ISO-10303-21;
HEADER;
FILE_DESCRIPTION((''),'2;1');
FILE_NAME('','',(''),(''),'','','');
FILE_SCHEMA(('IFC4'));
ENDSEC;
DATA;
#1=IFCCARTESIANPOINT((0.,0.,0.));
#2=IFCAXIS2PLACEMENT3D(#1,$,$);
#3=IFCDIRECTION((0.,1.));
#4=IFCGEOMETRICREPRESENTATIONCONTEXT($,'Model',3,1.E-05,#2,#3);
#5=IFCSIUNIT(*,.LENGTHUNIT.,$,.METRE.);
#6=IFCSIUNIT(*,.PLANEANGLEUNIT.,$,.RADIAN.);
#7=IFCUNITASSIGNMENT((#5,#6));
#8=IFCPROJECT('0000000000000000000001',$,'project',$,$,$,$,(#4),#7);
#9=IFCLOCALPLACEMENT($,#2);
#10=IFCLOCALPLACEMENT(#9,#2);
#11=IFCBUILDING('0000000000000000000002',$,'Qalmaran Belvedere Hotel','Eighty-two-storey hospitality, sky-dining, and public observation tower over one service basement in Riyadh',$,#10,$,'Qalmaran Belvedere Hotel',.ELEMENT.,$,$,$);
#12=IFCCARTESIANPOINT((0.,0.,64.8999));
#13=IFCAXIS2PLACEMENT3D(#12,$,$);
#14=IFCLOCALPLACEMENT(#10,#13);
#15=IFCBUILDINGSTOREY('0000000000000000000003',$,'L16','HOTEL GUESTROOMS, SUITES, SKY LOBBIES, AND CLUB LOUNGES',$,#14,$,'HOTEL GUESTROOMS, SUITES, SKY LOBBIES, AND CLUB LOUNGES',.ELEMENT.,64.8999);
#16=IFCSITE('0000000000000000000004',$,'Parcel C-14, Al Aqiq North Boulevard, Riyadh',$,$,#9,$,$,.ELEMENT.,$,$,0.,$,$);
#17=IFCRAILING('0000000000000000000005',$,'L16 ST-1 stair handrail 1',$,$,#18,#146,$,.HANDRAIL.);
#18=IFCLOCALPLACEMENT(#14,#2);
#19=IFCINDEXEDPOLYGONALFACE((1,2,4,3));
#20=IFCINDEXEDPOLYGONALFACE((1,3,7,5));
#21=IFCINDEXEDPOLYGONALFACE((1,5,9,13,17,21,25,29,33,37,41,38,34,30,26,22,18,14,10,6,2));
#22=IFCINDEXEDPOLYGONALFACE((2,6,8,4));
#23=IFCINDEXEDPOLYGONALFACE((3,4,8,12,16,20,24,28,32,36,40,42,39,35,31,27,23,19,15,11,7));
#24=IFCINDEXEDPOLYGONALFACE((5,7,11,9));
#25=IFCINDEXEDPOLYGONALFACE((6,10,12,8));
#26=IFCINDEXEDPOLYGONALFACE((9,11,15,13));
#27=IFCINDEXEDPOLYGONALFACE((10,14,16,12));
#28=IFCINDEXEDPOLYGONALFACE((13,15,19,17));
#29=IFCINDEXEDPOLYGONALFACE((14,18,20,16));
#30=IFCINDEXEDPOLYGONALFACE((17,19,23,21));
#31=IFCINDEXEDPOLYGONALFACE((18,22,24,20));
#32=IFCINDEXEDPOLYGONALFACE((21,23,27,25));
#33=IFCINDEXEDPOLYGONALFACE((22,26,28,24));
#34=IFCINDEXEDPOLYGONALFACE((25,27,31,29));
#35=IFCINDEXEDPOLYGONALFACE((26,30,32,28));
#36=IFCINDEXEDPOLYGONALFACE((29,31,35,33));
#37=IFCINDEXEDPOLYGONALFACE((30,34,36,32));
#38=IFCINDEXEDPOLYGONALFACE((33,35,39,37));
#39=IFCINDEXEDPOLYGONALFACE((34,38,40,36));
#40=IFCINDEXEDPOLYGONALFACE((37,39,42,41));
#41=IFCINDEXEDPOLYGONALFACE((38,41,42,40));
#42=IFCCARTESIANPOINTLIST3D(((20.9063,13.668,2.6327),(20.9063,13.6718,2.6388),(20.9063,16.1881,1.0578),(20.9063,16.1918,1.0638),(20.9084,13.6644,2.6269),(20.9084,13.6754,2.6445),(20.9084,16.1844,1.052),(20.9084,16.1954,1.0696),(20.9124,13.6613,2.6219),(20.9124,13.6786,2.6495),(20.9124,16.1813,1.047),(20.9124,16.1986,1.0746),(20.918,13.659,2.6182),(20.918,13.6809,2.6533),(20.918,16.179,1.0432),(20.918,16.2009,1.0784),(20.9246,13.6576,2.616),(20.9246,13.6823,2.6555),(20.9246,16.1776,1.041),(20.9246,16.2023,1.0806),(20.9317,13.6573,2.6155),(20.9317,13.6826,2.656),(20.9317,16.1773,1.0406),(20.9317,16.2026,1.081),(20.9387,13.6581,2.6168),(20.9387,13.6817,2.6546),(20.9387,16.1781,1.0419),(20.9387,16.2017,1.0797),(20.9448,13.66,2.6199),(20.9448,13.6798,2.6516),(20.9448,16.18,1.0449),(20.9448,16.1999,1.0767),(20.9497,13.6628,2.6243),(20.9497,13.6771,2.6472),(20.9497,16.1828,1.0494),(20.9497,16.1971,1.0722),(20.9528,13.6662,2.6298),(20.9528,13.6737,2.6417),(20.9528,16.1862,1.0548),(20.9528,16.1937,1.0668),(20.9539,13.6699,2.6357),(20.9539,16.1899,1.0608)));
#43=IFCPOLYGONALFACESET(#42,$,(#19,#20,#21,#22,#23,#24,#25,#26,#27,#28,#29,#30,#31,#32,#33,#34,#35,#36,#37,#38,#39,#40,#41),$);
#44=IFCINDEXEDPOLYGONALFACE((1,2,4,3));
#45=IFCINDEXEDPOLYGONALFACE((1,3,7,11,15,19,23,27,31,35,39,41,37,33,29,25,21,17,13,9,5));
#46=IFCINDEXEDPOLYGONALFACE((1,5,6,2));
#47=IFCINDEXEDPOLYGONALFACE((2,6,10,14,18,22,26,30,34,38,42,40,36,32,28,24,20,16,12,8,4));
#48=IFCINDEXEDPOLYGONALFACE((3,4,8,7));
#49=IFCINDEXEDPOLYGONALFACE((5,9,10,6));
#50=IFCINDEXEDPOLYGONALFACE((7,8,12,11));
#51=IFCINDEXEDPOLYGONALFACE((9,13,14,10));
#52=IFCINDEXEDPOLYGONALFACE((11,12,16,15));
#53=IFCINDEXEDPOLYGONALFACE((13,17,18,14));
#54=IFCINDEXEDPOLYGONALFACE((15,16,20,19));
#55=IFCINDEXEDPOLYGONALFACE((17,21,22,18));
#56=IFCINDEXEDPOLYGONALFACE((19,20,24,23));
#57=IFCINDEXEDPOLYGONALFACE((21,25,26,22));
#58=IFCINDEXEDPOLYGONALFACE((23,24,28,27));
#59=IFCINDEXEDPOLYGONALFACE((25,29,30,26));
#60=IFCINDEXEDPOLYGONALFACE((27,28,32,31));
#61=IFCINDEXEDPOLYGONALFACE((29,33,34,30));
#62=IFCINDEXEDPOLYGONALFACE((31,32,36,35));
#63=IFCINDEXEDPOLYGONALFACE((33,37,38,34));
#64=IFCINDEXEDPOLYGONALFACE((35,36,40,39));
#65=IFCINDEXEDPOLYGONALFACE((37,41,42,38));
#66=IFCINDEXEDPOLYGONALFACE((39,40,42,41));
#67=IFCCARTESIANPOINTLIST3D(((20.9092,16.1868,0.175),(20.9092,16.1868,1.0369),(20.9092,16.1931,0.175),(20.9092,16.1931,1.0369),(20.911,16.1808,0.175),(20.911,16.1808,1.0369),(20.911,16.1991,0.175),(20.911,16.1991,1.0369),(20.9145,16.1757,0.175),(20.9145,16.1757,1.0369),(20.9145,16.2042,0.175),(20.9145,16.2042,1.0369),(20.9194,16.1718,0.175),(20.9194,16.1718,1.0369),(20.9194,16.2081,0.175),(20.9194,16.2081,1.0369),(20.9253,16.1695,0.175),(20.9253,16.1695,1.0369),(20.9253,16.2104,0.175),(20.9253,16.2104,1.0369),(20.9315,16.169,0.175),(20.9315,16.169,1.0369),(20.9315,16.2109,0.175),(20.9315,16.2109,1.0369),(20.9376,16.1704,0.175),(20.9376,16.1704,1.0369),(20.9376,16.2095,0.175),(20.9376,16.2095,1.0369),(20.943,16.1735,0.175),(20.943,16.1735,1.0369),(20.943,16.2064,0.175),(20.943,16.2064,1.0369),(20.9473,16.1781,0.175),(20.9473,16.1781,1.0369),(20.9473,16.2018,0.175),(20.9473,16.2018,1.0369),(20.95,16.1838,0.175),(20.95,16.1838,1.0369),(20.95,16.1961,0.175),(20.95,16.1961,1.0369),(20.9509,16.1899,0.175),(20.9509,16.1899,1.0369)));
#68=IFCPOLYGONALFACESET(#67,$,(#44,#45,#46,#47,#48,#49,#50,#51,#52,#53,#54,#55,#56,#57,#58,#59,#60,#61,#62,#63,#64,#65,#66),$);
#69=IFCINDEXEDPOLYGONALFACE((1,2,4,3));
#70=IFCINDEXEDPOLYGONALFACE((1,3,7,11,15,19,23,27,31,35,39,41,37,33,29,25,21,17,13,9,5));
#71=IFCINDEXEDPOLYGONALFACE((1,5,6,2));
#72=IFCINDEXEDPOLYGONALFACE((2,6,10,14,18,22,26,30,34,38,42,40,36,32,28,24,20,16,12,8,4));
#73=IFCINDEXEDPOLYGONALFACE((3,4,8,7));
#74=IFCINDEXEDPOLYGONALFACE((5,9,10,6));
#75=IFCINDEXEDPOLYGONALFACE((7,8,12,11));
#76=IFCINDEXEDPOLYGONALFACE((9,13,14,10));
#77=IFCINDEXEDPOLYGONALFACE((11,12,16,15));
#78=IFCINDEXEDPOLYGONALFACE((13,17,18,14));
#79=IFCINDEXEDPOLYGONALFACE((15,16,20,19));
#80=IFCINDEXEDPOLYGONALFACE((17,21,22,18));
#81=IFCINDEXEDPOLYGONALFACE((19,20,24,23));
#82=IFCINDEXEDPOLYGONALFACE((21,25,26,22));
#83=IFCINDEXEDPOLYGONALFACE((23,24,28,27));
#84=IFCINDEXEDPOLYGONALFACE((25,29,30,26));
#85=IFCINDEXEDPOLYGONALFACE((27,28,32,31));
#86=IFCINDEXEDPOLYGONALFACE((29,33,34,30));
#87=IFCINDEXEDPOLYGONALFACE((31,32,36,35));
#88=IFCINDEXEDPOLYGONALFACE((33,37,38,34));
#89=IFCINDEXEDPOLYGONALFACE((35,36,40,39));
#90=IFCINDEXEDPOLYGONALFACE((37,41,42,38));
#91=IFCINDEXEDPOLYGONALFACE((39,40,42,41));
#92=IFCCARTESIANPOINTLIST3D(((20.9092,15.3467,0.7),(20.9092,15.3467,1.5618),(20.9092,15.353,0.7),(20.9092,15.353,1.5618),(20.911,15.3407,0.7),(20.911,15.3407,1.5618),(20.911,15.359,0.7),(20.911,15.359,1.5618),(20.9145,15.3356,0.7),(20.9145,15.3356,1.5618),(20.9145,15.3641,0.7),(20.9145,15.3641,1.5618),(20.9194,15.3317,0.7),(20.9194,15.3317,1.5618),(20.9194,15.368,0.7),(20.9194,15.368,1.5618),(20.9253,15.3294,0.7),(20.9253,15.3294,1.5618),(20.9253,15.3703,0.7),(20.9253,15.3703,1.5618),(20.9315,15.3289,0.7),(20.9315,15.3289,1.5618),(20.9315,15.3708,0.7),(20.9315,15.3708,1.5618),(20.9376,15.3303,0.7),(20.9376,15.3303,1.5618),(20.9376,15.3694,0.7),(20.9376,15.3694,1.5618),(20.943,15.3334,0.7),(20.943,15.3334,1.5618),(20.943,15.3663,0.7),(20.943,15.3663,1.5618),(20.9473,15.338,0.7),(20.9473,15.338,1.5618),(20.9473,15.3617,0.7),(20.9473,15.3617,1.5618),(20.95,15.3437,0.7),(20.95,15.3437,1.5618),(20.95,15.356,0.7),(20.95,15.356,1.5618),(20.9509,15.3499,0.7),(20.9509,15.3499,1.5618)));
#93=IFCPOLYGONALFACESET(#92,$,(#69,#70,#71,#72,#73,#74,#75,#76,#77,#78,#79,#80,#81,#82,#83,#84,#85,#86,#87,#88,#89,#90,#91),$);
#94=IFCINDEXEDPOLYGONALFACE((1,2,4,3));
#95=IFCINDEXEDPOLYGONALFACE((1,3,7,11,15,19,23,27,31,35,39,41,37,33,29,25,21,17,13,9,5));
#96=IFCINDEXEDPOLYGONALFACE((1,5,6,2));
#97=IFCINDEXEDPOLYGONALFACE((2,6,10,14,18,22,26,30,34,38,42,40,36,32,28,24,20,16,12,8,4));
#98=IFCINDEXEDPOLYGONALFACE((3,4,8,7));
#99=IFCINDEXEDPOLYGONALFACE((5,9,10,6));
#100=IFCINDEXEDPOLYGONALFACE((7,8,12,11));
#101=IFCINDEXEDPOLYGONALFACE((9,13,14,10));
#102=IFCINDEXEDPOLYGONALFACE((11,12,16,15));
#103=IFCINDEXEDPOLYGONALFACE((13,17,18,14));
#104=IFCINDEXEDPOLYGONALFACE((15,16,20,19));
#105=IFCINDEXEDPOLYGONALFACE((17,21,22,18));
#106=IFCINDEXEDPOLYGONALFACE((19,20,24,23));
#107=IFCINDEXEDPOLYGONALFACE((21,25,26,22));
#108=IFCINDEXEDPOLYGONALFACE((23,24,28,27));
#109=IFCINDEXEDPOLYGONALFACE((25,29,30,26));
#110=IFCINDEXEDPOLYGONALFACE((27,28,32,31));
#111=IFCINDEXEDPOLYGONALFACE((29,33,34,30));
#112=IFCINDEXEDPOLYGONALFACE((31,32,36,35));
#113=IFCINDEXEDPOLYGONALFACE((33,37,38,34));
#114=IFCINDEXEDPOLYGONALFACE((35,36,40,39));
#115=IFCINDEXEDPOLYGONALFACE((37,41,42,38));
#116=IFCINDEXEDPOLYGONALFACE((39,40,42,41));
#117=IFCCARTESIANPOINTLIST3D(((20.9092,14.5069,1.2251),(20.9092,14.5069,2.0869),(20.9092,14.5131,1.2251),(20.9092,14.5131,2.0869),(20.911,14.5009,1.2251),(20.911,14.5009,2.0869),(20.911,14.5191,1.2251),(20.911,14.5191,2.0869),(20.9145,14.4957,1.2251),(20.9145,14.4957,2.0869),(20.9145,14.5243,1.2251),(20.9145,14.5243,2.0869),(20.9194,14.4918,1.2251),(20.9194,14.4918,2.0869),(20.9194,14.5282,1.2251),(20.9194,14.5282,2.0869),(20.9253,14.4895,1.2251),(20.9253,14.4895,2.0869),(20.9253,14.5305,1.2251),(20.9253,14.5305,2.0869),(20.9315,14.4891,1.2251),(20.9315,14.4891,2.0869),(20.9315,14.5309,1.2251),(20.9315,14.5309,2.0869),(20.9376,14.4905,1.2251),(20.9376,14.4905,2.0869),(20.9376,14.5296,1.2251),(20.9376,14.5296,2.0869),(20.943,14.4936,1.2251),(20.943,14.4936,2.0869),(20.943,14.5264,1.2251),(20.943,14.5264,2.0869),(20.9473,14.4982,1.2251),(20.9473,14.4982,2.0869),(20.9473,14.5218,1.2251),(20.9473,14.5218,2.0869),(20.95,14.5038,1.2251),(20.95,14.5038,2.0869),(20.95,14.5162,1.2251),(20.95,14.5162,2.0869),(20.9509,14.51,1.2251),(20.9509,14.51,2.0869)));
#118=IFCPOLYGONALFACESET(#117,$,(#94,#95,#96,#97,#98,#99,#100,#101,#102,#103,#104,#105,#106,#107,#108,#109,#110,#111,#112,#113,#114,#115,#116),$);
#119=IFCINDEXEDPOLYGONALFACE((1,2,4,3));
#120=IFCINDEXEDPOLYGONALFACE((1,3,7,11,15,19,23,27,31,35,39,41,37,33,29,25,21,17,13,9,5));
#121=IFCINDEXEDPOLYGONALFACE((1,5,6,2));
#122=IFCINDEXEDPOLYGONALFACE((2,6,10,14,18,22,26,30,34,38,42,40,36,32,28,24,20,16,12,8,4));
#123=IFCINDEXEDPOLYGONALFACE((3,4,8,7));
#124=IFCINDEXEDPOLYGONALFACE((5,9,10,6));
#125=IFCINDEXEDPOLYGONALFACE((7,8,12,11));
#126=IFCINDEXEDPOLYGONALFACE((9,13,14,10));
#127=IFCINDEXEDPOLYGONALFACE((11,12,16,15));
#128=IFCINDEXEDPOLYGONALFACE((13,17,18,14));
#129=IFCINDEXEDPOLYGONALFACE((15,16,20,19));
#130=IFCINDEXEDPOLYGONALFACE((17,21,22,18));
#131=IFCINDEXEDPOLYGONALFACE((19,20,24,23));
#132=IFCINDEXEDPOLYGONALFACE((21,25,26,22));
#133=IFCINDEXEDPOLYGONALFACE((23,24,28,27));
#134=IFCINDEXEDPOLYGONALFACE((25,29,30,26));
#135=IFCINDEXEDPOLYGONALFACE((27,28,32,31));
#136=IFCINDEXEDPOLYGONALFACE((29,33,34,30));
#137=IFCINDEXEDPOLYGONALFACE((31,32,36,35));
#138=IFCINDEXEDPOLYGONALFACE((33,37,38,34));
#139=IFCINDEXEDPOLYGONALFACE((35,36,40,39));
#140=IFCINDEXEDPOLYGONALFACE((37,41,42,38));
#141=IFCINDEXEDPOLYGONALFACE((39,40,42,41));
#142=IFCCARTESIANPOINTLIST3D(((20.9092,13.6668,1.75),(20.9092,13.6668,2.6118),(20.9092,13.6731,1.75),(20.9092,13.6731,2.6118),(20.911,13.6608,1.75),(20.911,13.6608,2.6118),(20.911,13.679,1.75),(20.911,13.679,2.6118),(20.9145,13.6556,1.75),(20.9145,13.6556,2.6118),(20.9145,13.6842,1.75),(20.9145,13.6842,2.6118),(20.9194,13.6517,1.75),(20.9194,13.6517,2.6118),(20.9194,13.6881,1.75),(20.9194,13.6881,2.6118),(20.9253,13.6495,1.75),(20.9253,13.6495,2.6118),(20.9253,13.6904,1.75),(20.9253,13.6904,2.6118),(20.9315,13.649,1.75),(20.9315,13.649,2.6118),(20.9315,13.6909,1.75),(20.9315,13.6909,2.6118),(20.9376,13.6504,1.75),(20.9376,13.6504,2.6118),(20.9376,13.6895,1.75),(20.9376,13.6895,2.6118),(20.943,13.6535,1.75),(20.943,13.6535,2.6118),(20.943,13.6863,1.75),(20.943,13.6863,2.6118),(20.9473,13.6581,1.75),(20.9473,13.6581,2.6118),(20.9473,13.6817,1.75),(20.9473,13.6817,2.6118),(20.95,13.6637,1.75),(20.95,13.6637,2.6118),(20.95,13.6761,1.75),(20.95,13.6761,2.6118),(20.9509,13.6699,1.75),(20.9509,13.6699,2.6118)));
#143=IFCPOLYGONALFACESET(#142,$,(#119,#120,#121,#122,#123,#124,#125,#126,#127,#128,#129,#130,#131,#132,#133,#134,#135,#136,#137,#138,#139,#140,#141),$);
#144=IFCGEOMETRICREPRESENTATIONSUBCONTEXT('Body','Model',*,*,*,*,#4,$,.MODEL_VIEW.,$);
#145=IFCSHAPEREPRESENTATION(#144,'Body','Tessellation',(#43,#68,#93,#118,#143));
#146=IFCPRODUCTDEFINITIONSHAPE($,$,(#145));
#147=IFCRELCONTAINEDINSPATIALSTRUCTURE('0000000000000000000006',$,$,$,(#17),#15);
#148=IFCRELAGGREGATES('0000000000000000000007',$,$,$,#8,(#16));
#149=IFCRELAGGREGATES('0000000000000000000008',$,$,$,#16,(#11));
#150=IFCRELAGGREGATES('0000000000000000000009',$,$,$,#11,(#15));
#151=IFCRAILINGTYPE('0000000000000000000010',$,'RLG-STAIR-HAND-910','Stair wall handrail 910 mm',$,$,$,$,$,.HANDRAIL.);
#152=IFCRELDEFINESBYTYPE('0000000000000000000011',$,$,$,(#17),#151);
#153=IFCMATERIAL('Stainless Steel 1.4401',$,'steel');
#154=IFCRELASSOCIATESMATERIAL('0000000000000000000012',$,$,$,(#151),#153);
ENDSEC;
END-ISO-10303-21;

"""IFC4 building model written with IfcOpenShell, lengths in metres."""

from ifc_helpers import new_model, si_unit, direction, frame, origin, origin_2d, place, context, subcontext, project, spatial, circle, extrude, material, type_object, element, save


model = new_model("IFC4")

# Units and contexts
model_context = context("Model", 3, precision=1e-05, world=origin(), true_north=direction((0.0, 1.0)))
body_context = subcontext(model_context, "Body", "Model", "MODEL_VIEW")
ifc_project = project(units=[si_unit("LENGTHUNIT", "METRE"), si_unit("PLANEANGLEUNIT", "RADIAN")], contexts=[model_context])

# Site, building, storey
site_placement = place(None, origin())
site = spatial("IfcSite", under=ifc_project, at=site_placement, Name="Parcel C-14, Al Aqiq North Boulevard, Riyadh", CompositionType="ELEMENT", RefElevation=0.0)
building_placement = place(site_placement, origin())
building = spatial("IfcBuilding", under=site, at=building_placement, Name="Qalmaran Belvedere Hotel", Description="Eighty-two-storey hospitality, sky-dining, and public observation tower over one service basement in Riyadh", LongName="Qalmaran Belvedere Hotel", CompositionType="ELEMENT")
storey_placement = place(building_placement, frame((0.0, 0.0, 64.8999)))
storey = spatial("IfcBuildingStorey", under=building, at=storey_placement, Name="L16", Description="HOTEL GUESTROOMS, SUITES, SKY LOBBIES, AND CLUB LOUNGES", LongName="HOTEL GUESTROOMS, SUITES, SKY LOBBIES, AND CLUB LOUNGES", CompositionType="ELEMENT", Elevation=64.8999)

# Shared definitions
ifc_material_1 = material(Name="Stainless Steel 1.4401", Category="steel")

# Railing
railing_type = type_object("IfcRailingType", Name="RLG-STAIR-HAND-910", Description="Stair wall handrail 910 mm", PredefinedType="HANDRAIL", material=ifc_material_1)
railing_placement = place(storey_placement, frame((20.9299, 16.1899, 0.175)))
element("IfcRailing", 1, at=railing_placement, inside=storey, type_object=railing_type, Name="L16 ST-1 stair handrail 1", PredefinedType="HANDRAIL", context=body_context, shape_type="SweptSolid", body=[
    extrude(circle(Radius=0.0239, at=origin_2d()), frame((0.0, 0.0, 0.8857), z_axis=(0.0, -0.848008, 0.529984), x_axis=(1.0, 0.0, 0.0)), (0.0, 0.0, 1.0), 2.9717),
    extrude(circle(Radius=0.021, at=origin_2d()), origin(), (0.0, 0.0, 1.0), 0.8618),
    extrude(circle(Radius=0.021, at=origin_2d()), frame((0.0, -0.8401, 0.5249)), (0.0, 0.0, 1.0), 0.8618),
    extrude(circle(Radius=0.021, at=origin_2d()), frame((0.0, -1.6799, 1.05)), (0.0, 0.0, 1.0), 0.8618),
    extrude(circle(Radius=0.021, at=origin_2d()), frame((0.0, -2.52, 1.575)), (0.0, 0.0, 1.0), 0.8618),
])

save(model, "model.ifc")
